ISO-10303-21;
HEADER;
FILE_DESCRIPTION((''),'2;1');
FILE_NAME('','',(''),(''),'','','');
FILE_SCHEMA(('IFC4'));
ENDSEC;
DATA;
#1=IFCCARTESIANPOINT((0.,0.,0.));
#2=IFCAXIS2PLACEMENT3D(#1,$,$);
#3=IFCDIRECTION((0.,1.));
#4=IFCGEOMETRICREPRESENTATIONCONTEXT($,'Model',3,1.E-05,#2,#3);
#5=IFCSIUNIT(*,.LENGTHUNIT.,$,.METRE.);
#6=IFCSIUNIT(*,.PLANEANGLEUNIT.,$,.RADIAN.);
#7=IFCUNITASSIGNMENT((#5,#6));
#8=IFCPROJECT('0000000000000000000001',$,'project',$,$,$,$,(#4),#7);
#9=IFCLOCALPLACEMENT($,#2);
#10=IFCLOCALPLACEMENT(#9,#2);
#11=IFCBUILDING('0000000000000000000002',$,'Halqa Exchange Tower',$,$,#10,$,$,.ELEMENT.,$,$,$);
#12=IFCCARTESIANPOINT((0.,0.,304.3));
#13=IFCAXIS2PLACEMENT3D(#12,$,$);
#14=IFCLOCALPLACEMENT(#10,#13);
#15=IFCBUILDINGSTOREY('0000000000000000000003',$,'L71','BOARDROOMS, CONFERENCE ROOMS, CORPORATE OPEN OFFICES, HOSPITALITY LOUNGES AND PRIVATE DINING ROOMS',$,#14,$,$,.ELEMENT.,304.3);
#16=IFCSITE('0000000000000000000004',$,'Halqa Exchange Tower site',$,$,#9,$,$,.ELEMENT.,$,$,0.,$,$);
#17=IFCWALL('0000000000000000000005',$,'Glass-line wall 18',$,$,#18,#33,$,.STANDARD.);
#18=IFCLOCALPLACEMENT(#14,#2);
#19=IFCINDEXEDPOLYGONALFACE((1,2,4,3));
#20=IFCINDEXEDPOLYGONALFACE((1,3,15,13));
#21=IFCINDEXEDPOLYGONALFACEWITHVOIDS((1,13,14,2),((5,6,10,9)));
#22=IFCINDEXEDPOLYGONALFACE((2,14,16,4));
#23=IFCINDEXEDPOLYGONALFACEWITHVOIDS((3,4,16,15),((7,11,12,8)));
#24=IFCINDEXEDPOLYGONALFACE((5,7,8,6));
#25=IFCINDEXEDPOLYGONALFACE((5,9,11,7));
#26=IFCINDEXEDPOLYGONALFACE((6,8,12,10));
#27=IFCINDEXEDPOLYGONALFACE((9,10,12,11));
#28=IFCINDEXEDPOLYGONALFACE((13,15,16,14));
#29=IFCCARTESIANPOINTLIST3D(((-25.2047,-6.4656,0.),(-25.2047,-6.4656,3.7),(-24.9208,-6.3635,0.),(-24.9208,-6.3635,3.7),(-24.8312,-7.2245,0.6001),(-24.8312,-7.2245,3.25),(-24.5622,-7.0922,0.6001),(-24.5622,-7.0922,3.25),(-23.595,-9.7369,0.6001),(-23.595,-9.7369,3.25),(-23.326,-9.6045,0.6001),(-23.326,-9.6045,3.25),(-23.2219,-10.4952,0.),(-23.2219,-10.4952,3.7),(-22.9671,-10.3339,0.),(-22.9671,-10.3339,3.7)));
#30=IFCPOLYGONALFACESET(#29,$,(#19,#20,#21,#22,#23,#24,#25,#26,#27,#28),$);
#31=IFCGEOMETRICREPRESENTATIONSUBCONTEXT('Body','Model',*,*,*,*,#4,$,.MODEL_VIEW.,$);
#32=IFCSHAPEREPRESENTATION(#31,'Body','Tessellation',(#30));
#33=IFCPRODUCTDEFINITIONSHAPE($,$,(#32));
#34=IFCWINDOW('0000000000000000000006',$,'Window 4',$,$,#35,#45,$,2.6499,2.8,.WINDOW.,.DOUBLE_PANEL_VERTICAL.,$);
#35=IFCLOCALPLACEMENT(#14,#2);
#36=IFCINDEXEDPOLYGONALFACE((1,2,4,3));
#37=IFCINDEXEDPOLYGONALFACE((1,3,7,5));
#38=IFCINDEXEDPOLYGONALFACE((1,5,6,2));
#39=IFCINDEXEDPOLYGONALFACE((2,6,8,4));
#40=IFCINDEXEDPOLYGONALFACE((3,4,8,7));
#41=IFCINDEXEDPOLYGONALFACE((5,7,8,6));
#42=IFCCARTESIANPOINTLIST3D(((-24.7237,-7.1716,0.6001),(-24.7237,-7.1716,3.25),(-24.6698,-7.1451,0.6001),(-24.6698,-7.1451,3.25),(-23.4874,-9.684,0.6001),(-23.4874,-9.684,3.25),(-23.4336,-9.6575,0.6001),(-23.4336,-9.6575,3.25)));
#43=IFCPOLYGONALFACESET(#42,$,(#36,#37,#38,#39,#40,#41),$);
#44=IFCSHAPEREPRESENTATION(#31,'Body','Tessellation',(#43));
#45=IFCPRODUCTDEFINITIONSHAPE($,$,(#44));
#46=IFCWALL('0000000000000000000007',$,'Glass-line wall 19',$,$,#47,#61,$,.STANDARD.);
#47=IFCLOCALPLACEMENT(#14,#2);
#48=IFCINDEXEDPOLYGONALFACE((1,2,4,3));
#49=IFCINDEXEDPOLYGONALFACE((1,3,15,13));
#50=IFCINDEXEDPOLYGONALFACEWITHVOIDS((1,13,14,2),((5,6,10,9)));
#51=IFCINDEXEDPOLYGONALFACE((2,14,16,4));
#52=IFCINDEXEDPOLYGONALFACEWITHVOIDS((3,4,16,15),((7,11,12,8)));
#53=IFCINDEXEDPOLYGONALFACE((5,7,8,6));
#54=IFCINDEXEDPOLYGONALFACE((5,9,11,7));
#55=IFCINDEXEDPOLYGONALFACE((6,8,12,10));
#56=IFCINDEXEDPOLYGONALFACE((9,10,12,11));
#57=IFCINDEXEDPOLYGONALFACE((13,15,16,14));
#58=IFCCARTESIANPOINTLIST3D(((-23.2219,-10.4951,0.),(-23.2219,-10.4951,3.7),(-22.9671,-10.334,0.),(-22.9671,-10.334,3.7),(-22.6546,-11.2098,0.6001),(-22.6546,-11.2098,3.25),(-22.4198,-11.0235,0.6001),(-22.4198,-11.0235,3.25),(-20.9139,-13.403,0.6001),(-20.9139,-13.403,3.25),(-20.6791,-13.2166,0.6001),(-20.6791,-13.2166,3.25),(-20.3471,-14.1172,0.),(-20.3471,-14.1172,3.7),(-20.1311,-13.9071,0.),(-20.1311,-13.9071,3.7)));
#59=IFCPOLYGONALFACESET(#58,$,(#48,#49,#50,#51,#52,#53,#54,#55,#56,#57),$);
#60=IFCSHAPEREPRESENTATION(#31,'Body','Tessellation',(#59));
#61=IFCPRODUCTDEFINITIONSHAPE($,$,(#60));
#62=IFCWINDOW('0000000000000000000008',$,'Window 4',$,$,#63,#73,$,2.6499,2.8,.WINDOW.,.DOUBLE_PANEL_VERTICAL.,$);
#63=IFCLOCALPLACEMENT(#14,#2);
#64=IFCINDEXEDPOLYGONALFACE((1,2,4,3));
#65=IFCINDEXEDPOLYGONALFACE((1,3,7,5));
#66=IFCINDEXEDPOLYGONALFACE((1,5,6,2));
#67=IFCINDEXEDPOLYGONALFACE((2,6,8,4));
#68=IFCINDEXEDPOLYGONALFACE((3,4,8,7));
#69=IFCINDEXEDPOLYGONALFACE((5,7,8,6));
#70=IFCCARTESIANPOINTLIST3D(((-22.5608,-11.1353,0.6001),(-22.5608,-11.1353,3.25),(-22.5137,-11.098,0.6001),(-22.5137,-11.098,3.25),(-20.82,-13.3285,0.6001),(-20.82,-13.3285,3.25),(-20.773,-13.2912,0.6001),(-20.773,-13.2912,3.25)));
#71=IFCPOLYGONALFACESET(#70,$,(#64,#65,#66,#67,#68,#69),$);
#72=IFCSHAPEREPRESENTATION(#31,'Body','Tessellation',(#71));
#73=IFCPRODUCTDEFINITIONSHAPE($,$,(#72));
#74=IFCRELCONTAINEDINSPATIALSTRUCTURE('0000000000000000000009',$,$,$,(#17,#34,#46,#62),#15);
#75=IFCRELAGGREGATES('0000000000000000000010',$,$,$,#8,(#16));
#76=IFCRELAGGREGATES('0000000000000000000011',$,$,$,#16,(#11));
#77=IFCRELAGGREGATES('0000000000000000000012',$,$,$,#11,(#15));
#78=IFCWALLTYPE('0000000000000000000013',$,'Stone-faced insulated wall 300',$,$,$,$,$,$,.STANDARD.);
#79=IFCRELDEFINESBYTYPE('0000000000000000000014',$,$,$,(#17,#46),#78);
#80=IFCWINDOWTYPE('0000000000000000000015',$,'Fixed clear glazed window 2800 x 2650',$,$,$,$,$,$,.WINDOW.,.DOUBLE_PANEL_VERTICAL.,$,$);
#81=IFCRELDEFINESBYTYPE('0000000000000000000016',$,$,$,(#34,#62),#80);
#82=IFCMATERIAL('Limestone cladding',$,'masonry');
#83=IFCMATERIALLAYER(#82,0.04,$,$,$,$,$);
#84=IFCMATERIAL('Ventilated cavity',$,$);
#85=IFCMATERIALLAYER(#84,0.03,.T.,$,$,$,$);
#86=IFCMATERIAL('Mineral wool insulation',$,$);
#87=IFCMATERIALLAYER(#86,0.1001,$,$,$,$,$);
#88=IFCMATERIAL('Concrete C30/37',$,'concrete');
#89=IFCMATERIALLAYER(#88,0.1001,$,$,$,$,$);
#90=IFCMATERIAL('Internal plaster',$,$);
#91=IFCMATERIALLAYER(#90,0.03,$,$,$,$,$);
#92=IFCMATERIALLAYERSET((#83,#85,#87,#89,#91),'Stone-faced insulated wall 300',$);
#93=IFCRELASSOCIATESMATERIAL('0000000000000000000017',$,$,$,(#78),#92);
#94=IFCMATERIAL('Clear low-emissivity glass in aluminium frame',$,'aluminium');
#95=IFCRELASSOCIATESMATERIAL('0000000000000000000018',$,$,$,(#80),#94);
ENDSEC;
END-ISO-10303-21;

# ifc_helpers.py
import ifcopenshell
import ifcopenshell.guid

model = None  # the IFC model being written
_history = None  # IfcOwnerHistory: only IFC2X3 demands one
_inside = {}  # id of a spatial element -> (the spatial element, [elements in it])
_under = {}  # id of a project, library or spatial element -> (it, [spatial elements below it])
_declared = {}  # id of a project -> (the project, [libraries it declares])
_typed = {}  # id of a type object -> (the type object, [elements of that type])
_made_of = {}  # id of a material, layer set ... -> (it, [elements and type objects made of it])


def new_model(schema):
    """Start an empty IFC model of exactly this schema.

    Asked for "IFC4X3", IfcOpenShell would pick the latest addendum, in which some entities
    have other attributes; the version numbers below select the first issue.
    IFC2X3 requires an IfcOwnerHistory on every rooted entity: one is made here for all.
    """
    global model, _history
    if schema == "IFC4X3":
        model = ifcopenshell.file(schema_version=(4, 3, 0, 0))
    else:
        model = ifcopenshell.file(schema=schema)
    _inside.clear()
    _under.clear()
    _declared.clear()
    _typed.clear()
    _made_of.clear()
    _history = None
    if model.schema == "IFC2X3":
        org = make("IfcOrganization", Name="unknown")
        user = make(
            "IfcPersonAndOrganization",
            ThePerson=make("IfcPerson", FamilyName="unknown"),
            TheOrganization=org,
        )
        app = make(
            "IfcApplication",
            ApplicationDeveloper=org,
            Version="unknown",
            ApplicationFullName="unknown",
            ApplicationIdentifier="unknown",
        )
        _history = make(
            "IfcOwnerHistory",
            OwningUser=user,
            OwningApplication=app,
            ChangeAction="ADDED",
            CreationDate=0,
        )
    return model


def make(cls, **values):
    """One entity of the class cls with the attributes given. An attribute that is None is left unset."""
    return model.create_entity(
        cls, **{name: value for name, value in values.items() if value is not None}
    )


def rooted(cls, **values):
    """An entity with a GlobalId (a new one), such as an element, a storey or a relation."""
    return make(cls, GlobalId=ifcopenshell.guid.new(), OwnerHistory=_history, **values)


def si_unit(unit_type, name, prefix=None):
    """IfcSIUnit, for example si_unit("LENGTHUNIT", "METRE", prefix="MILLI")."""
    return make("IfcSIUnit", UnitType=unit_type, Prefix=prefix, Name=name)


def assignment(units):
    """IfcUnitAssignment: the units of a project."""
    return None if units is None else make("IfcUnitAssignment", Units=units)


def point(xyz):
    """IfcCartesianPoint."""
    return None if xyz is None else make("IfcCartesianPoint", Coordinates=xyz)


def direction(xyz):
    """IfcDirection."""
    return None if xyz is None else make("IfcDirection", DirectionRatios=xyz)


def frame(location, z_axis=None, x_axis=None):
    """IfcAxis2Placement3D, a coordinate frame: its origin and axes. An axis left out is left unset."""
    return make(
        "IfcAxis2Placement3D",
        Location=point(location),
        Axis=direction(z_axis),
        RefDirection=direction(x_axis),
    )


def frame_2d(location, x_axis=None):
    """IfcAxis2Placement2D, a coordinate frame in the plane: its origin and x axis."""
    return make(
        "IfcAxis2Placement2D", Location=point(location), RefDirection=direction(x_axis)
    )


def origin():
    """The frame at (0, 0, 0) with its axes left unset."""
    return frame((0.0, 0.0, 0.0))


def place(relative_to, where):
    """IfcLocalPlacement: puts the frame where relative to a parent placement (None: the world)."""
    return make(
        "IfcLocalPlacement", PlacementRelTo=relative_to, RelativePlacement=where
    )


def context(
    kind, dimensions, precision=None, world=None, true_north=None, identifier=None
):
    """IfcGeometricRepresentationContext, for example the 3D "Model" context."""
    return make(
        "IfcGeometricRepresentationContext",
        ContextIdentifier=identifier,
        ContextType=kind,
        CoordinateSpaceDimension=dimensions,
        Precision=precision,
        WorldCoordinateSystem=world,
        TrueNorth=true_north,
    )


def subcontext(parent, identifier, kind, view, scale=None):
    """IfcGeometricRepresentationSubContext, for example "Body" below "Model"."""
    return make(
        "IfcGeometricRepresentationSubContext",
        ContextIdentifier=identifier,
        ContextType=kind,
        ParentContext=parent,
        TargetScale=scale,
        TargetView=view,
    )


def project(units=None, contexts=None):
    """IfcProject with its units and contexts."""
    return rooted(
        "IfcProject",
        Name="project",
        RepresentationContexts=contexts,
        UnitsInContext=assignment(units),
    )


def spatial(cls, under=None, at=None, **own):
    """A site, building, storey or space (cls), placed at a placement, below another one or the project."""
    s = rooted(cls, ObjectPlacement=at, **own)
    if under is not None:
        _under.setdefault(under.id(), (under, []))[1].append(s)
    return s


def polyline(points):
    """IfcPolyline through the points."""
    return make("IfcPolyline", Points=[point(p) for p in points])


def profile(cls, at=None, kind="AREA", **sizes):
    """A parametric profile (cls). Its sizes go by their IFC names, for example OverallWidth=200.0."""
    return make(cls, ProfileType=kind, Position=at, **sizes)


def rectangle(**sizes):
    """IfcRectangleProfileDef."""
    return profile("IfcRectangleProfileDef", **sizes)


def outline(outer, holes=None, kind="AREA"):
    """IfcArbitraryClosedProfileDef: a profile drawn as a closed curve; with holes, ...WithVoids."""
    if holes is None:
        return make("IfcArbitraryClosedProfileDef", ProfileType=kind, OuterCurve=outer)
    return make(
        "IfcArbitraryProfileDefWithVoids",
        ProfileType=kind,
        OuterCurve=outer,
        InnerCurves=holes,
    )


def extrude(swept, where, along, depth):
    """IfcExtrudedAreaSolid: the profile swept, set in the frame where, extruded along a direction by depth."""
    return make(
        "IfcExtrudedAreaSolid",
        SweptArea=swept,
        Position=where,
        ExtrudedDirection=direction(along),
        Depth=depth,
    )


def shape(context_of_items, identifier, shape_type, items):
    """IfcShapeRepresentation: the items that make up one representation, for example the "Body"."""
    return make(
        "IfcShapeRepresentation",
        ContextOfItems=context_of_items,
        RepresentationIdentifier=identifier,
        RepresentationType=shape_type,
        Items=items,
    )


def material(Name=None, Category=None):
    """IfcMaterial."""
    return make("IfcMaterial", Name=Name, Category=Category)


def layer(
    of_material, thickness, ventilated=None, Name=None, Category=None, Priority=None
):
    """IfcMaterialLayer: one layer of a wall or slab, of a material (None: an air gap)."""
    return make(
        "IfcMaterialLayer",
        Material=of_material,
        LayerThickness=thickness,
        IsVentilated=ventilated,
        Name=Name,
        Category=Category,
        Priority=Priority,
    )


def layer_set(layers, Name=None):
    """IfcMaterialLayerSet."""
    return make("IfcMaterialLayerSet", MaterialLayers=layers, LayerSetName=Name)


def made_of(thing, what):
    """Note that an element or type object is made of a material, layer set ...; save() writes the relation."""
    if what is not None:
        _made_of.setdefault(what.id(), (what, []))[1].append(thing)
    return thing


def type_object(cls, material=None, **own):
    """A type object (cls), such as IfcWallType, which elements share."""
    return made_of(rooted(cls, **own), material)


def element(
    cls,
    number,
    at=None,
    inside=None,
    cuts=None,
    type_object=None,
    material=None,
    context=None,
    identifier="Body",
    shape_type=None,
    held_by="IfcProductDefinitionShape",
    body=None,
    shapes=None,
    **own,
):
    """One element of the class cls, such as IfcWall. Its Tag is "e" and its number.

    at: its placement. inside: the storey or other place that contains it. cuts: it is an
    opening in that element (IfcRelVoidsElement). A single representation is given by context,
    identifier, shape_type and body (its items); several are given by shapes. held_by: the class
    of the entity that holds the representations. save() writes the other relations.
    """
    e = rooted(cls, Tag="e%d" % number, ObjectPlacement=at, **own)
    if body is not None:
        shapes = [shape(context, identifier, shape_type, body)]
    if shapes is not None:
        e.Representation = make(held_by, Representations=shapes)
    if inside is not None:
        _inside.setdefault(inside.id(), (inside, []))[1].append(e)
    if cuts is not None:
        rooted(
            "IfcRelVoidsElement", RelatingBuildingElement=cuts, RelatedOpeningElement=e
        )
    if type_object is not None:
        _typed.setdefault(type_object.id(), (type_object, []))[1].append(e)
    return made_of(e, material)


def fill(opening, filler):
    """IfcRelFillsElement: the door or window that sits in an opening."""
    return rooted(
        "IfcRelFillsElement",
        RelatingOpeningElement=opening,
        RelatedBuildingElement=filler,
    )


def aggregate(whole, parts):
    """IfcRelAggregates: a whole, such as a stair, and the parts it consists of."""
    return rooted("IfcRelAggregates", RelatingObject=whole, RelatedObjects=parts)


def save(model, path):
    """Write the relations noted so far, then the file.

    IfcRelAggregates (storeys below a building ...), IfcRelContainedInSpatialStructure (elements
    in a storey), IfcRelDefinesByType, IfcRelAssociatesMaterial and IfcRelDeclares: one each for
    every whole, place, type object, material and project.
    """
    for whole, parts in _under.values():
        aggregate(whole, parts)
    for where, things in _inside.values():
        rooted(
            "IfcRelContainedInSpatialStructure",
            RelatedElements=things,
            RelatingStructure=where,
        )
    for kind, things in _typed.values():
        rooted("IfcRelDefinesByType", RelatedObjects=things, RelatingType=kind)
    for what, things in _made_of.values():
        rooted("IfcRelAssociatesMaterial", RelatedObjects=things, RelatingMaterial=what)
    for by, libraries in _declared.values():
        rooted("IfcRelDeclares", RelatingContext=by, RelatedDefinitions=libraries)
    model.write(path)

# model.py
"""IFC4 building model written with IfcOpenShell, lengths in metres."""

from ifc_helpers import new_model, si_unit, direction, frame, frame_2d, origin, place, context, subcontext, project, spatial, polyline, rectangle, outline, extrude, material, layer, layer_set, type_object, element, fill, save


model = new_model("IFC4")

# Units and contexts
model_context = context("Model", 3, precision=1e-05, world=origin(), true_north=direction((0.0, 1.0)))
body_context = subcontext(model_context, "Body", "Model", "MODEL_VIEW")
ifc_project = project(units=[si_unit("LENGTHUNIT", "METRE"), si_unit("PLANEANGLEUNIT", "RADIAN")], contexts=[model_context])

# Site, building, storey
site_placement = place(None, origin())
site = spatial("IfcSite", under=ifc_project, at=site_placement, Name="Halqa Exchange Tower site", CompositionType="ELEMENT", RefElevation=0.0)
building_placement = place(site_placement, origin())
building = spatial("IfcBuilding", under=site, at=building_placement, Name="Halqa Exchange Tower", CompositionType="ELEMENT")
storey_placement = place(building_placement, frame((0.0, 0.0, 304.3)))
storey = spatial("IfcBuildingStorey", under=building, at=storey_placement, Name="L71", Description="BOARDROOMS, CONFERENCE ROOMS, CORPORATE OPEN OFFICES, HOSPITALITY LOUNGES AND PRIVATE DINING ROOMS", CompositionType="ELEMENT", Elevation=304.3)

# Walls, openings, windows
ifc_material_1 = material(Name="Limestone cladding", Category="masonry")
ifc_layer_1 = layer(ifc_material_1, 0.04)
ifc_material_2 = material(Name="Ventilated cavity")
ifc_layer_2 = layer(ifc_material_2, 0.03, ventilated=True)
ifc_material_3 = material(Name="Mineral wool insulation")
ifc_layer_3 = layer(ifc_material_3, 0.1001)
ifc_material_4 = material(Name="Concrete C30/37", Category="concrete")
ifc_layer_4 = layer(ifc_material_4, 0.1001)
ifc_material_5 = material(Name="Internal plaster")
ifc_layer_5 = layer(ifc_material_5, 0.03)
ifc_layer_set_1 = layer_set([ifc_layer_1, ifc_layer_2, ifc_layer_3, ifc_layer_4, ifc_layer_5], Name="Stone-faced insulated wall 300")
wall_type_1 = type_object("IfcWallType", Name="Stone-faced insulated wall 300", PredefinedType="STANDARD", material=ifc_layer_set_1)
ifc_material_6 = material(Name="Clear low-emissivity glass in aluminium frame", Category="aluminium")
window_type = type_object("IfcWindowType", Name="Fixed clear glazed window 2800 x 2650", PartitioningType="DOUBLE_PANEL_VERTICAL", PredefinedType="WINDOW", material=ifc_material_6)
wall_1_placement = place(storey_placement, frame((-25.0627, -6.4146, 0.0), z_axis=(0.0, 0.0, 1.0), x_axis=(0.441509, -0.897257, 0.0)))
wall_1 = element("IfcWall", 1, at=wall_1_placement, inside=storey, type_object=wall_type_1, Name="Glass-line wall 18", PredefinedType="STANDARD", context=body_context, shape_type="SweptSolid", body=[
    extrude(outline(polyline([(-0.0168, -0.1499), (4.4741, -0.1499), (4.4419, 0.1499), (0.0168, 0.1499), (-0.0168, -0.1499)])), origin(), (0.0, 0.0, 1.0), 3.7),
])
opening_1_placement = place(wall_1_placement, frame((0.8291, 0.0, 0.6001)))
opening_1 = element("IfcOpeningElement", 2, at=opening_1_placement, cuts=wall_1, PredefinedType="OPENING", context=body_context, shape_type="SweptSolid", body=[
    extrude(rectangle(XDim=2.8, YDim=2.6499, at=frame_2d((1.3999, 1.325))), frame((0.0, 0.1621, 0.0), z_axis=(0.0, -1.0, 0.0), x_axis=(1.0, 0.0, 0.0)), (0.0, 0.0, 1.0), 0.324),
])
window_1_placement = place(opening_1_placement, origin())
window_1 = element("IfcWindow", 3, at=window_1_placement, inside=storey, type_object=window_type, Name="Window 4", OverallHeight=2.6499, OverallWidth=2.8, PartitioningType="DOUBLE_PANEL_VERTICAL", PredefinedType="WINDOW", context=body_context, shape_type="SweptSolid", body=[
    extrude(rectangle(XDim=2.8, YDim=2.6499, at=frame_2d((1.3999, 1.325))), frame((0.0, 0.03, 0.0), z_axis=(0.0, -1.0, 0.0), x_axis=(1.0, 0.0, 0.0)), (0.0, 0.0, 1.0), 0.0601),
])
fill(opening_1, window_1)
wall_2_placement = place(storey_placement, frame((-23.0945, -10.4146, 0.0), z_axis=(0.0, 0.0, 1.0), x_axis=(0.621683, -0.783269, 0.0)))
wall_2 = element("IfcWall", 4, at=wall_2_placement, inside=storey, type_object=wall_type_1, Name="Glass-line wall 19", PredefinedType="STANDARD", context=body_context, shape_type="SweptSolid", body=[
    extrude(outline(polyline([(-0.0161, -0.1499), (4.6082, -0.1499), (4.5779, 0.1499), (0.0161, 0.1499), (-0.0161, -0.1499)])), origin(), (0.0, 0.0, 1.0), 3.7),
])
opening_2_placement = place(wall_2_placement, frame((0.8965, 0.0, 0.6001)))
opening_2 = element("IfcOpeningElement", 5, at=opening_2_placement, cuts=wall_2, PredefinedType="OPENING", context=body_context, shape_type="SweptSolid", body=[
    extrude(rectangle(XDim=2.8, YDim=2.6499, at=frame_2d((1.3999, 1.325))), frame((0.0, 0.1621, 0.0), z_axis=(0.0, -1.0, 0.0), x_axis=(1.0, 0.0, 0.0)), (0.0, 0.0, 1.0), 0.324),
])
window_2_placement = place(opening_2_placement, origin())
window_2 = element("IfcWindow", 6, at=window_2_placement, inside=storey, type_object=window_type, Name="Window 4", OverallHeight=2.6499, OverallWidth=2.8, PartitioningType="DOUBLE_PANEL_VERTICAL", PredefinedType="WINDOW", context=body_context, shape_type="SweptSolid", body=[
    extrude(rectangle(XDim=2.8, YDim=2.6499, at=frame_2d((1.3999, 1.325))), frame((0.0, 0.03, 0.0), z_axis=(0.0, -1.0, 0.0), x_axis=(1.0, 0.0, 0.0)), (0.0, 0.0, 1.0), 0.0601),
])
fill(opening_2, window_2)

save(model, "model.ifc")
